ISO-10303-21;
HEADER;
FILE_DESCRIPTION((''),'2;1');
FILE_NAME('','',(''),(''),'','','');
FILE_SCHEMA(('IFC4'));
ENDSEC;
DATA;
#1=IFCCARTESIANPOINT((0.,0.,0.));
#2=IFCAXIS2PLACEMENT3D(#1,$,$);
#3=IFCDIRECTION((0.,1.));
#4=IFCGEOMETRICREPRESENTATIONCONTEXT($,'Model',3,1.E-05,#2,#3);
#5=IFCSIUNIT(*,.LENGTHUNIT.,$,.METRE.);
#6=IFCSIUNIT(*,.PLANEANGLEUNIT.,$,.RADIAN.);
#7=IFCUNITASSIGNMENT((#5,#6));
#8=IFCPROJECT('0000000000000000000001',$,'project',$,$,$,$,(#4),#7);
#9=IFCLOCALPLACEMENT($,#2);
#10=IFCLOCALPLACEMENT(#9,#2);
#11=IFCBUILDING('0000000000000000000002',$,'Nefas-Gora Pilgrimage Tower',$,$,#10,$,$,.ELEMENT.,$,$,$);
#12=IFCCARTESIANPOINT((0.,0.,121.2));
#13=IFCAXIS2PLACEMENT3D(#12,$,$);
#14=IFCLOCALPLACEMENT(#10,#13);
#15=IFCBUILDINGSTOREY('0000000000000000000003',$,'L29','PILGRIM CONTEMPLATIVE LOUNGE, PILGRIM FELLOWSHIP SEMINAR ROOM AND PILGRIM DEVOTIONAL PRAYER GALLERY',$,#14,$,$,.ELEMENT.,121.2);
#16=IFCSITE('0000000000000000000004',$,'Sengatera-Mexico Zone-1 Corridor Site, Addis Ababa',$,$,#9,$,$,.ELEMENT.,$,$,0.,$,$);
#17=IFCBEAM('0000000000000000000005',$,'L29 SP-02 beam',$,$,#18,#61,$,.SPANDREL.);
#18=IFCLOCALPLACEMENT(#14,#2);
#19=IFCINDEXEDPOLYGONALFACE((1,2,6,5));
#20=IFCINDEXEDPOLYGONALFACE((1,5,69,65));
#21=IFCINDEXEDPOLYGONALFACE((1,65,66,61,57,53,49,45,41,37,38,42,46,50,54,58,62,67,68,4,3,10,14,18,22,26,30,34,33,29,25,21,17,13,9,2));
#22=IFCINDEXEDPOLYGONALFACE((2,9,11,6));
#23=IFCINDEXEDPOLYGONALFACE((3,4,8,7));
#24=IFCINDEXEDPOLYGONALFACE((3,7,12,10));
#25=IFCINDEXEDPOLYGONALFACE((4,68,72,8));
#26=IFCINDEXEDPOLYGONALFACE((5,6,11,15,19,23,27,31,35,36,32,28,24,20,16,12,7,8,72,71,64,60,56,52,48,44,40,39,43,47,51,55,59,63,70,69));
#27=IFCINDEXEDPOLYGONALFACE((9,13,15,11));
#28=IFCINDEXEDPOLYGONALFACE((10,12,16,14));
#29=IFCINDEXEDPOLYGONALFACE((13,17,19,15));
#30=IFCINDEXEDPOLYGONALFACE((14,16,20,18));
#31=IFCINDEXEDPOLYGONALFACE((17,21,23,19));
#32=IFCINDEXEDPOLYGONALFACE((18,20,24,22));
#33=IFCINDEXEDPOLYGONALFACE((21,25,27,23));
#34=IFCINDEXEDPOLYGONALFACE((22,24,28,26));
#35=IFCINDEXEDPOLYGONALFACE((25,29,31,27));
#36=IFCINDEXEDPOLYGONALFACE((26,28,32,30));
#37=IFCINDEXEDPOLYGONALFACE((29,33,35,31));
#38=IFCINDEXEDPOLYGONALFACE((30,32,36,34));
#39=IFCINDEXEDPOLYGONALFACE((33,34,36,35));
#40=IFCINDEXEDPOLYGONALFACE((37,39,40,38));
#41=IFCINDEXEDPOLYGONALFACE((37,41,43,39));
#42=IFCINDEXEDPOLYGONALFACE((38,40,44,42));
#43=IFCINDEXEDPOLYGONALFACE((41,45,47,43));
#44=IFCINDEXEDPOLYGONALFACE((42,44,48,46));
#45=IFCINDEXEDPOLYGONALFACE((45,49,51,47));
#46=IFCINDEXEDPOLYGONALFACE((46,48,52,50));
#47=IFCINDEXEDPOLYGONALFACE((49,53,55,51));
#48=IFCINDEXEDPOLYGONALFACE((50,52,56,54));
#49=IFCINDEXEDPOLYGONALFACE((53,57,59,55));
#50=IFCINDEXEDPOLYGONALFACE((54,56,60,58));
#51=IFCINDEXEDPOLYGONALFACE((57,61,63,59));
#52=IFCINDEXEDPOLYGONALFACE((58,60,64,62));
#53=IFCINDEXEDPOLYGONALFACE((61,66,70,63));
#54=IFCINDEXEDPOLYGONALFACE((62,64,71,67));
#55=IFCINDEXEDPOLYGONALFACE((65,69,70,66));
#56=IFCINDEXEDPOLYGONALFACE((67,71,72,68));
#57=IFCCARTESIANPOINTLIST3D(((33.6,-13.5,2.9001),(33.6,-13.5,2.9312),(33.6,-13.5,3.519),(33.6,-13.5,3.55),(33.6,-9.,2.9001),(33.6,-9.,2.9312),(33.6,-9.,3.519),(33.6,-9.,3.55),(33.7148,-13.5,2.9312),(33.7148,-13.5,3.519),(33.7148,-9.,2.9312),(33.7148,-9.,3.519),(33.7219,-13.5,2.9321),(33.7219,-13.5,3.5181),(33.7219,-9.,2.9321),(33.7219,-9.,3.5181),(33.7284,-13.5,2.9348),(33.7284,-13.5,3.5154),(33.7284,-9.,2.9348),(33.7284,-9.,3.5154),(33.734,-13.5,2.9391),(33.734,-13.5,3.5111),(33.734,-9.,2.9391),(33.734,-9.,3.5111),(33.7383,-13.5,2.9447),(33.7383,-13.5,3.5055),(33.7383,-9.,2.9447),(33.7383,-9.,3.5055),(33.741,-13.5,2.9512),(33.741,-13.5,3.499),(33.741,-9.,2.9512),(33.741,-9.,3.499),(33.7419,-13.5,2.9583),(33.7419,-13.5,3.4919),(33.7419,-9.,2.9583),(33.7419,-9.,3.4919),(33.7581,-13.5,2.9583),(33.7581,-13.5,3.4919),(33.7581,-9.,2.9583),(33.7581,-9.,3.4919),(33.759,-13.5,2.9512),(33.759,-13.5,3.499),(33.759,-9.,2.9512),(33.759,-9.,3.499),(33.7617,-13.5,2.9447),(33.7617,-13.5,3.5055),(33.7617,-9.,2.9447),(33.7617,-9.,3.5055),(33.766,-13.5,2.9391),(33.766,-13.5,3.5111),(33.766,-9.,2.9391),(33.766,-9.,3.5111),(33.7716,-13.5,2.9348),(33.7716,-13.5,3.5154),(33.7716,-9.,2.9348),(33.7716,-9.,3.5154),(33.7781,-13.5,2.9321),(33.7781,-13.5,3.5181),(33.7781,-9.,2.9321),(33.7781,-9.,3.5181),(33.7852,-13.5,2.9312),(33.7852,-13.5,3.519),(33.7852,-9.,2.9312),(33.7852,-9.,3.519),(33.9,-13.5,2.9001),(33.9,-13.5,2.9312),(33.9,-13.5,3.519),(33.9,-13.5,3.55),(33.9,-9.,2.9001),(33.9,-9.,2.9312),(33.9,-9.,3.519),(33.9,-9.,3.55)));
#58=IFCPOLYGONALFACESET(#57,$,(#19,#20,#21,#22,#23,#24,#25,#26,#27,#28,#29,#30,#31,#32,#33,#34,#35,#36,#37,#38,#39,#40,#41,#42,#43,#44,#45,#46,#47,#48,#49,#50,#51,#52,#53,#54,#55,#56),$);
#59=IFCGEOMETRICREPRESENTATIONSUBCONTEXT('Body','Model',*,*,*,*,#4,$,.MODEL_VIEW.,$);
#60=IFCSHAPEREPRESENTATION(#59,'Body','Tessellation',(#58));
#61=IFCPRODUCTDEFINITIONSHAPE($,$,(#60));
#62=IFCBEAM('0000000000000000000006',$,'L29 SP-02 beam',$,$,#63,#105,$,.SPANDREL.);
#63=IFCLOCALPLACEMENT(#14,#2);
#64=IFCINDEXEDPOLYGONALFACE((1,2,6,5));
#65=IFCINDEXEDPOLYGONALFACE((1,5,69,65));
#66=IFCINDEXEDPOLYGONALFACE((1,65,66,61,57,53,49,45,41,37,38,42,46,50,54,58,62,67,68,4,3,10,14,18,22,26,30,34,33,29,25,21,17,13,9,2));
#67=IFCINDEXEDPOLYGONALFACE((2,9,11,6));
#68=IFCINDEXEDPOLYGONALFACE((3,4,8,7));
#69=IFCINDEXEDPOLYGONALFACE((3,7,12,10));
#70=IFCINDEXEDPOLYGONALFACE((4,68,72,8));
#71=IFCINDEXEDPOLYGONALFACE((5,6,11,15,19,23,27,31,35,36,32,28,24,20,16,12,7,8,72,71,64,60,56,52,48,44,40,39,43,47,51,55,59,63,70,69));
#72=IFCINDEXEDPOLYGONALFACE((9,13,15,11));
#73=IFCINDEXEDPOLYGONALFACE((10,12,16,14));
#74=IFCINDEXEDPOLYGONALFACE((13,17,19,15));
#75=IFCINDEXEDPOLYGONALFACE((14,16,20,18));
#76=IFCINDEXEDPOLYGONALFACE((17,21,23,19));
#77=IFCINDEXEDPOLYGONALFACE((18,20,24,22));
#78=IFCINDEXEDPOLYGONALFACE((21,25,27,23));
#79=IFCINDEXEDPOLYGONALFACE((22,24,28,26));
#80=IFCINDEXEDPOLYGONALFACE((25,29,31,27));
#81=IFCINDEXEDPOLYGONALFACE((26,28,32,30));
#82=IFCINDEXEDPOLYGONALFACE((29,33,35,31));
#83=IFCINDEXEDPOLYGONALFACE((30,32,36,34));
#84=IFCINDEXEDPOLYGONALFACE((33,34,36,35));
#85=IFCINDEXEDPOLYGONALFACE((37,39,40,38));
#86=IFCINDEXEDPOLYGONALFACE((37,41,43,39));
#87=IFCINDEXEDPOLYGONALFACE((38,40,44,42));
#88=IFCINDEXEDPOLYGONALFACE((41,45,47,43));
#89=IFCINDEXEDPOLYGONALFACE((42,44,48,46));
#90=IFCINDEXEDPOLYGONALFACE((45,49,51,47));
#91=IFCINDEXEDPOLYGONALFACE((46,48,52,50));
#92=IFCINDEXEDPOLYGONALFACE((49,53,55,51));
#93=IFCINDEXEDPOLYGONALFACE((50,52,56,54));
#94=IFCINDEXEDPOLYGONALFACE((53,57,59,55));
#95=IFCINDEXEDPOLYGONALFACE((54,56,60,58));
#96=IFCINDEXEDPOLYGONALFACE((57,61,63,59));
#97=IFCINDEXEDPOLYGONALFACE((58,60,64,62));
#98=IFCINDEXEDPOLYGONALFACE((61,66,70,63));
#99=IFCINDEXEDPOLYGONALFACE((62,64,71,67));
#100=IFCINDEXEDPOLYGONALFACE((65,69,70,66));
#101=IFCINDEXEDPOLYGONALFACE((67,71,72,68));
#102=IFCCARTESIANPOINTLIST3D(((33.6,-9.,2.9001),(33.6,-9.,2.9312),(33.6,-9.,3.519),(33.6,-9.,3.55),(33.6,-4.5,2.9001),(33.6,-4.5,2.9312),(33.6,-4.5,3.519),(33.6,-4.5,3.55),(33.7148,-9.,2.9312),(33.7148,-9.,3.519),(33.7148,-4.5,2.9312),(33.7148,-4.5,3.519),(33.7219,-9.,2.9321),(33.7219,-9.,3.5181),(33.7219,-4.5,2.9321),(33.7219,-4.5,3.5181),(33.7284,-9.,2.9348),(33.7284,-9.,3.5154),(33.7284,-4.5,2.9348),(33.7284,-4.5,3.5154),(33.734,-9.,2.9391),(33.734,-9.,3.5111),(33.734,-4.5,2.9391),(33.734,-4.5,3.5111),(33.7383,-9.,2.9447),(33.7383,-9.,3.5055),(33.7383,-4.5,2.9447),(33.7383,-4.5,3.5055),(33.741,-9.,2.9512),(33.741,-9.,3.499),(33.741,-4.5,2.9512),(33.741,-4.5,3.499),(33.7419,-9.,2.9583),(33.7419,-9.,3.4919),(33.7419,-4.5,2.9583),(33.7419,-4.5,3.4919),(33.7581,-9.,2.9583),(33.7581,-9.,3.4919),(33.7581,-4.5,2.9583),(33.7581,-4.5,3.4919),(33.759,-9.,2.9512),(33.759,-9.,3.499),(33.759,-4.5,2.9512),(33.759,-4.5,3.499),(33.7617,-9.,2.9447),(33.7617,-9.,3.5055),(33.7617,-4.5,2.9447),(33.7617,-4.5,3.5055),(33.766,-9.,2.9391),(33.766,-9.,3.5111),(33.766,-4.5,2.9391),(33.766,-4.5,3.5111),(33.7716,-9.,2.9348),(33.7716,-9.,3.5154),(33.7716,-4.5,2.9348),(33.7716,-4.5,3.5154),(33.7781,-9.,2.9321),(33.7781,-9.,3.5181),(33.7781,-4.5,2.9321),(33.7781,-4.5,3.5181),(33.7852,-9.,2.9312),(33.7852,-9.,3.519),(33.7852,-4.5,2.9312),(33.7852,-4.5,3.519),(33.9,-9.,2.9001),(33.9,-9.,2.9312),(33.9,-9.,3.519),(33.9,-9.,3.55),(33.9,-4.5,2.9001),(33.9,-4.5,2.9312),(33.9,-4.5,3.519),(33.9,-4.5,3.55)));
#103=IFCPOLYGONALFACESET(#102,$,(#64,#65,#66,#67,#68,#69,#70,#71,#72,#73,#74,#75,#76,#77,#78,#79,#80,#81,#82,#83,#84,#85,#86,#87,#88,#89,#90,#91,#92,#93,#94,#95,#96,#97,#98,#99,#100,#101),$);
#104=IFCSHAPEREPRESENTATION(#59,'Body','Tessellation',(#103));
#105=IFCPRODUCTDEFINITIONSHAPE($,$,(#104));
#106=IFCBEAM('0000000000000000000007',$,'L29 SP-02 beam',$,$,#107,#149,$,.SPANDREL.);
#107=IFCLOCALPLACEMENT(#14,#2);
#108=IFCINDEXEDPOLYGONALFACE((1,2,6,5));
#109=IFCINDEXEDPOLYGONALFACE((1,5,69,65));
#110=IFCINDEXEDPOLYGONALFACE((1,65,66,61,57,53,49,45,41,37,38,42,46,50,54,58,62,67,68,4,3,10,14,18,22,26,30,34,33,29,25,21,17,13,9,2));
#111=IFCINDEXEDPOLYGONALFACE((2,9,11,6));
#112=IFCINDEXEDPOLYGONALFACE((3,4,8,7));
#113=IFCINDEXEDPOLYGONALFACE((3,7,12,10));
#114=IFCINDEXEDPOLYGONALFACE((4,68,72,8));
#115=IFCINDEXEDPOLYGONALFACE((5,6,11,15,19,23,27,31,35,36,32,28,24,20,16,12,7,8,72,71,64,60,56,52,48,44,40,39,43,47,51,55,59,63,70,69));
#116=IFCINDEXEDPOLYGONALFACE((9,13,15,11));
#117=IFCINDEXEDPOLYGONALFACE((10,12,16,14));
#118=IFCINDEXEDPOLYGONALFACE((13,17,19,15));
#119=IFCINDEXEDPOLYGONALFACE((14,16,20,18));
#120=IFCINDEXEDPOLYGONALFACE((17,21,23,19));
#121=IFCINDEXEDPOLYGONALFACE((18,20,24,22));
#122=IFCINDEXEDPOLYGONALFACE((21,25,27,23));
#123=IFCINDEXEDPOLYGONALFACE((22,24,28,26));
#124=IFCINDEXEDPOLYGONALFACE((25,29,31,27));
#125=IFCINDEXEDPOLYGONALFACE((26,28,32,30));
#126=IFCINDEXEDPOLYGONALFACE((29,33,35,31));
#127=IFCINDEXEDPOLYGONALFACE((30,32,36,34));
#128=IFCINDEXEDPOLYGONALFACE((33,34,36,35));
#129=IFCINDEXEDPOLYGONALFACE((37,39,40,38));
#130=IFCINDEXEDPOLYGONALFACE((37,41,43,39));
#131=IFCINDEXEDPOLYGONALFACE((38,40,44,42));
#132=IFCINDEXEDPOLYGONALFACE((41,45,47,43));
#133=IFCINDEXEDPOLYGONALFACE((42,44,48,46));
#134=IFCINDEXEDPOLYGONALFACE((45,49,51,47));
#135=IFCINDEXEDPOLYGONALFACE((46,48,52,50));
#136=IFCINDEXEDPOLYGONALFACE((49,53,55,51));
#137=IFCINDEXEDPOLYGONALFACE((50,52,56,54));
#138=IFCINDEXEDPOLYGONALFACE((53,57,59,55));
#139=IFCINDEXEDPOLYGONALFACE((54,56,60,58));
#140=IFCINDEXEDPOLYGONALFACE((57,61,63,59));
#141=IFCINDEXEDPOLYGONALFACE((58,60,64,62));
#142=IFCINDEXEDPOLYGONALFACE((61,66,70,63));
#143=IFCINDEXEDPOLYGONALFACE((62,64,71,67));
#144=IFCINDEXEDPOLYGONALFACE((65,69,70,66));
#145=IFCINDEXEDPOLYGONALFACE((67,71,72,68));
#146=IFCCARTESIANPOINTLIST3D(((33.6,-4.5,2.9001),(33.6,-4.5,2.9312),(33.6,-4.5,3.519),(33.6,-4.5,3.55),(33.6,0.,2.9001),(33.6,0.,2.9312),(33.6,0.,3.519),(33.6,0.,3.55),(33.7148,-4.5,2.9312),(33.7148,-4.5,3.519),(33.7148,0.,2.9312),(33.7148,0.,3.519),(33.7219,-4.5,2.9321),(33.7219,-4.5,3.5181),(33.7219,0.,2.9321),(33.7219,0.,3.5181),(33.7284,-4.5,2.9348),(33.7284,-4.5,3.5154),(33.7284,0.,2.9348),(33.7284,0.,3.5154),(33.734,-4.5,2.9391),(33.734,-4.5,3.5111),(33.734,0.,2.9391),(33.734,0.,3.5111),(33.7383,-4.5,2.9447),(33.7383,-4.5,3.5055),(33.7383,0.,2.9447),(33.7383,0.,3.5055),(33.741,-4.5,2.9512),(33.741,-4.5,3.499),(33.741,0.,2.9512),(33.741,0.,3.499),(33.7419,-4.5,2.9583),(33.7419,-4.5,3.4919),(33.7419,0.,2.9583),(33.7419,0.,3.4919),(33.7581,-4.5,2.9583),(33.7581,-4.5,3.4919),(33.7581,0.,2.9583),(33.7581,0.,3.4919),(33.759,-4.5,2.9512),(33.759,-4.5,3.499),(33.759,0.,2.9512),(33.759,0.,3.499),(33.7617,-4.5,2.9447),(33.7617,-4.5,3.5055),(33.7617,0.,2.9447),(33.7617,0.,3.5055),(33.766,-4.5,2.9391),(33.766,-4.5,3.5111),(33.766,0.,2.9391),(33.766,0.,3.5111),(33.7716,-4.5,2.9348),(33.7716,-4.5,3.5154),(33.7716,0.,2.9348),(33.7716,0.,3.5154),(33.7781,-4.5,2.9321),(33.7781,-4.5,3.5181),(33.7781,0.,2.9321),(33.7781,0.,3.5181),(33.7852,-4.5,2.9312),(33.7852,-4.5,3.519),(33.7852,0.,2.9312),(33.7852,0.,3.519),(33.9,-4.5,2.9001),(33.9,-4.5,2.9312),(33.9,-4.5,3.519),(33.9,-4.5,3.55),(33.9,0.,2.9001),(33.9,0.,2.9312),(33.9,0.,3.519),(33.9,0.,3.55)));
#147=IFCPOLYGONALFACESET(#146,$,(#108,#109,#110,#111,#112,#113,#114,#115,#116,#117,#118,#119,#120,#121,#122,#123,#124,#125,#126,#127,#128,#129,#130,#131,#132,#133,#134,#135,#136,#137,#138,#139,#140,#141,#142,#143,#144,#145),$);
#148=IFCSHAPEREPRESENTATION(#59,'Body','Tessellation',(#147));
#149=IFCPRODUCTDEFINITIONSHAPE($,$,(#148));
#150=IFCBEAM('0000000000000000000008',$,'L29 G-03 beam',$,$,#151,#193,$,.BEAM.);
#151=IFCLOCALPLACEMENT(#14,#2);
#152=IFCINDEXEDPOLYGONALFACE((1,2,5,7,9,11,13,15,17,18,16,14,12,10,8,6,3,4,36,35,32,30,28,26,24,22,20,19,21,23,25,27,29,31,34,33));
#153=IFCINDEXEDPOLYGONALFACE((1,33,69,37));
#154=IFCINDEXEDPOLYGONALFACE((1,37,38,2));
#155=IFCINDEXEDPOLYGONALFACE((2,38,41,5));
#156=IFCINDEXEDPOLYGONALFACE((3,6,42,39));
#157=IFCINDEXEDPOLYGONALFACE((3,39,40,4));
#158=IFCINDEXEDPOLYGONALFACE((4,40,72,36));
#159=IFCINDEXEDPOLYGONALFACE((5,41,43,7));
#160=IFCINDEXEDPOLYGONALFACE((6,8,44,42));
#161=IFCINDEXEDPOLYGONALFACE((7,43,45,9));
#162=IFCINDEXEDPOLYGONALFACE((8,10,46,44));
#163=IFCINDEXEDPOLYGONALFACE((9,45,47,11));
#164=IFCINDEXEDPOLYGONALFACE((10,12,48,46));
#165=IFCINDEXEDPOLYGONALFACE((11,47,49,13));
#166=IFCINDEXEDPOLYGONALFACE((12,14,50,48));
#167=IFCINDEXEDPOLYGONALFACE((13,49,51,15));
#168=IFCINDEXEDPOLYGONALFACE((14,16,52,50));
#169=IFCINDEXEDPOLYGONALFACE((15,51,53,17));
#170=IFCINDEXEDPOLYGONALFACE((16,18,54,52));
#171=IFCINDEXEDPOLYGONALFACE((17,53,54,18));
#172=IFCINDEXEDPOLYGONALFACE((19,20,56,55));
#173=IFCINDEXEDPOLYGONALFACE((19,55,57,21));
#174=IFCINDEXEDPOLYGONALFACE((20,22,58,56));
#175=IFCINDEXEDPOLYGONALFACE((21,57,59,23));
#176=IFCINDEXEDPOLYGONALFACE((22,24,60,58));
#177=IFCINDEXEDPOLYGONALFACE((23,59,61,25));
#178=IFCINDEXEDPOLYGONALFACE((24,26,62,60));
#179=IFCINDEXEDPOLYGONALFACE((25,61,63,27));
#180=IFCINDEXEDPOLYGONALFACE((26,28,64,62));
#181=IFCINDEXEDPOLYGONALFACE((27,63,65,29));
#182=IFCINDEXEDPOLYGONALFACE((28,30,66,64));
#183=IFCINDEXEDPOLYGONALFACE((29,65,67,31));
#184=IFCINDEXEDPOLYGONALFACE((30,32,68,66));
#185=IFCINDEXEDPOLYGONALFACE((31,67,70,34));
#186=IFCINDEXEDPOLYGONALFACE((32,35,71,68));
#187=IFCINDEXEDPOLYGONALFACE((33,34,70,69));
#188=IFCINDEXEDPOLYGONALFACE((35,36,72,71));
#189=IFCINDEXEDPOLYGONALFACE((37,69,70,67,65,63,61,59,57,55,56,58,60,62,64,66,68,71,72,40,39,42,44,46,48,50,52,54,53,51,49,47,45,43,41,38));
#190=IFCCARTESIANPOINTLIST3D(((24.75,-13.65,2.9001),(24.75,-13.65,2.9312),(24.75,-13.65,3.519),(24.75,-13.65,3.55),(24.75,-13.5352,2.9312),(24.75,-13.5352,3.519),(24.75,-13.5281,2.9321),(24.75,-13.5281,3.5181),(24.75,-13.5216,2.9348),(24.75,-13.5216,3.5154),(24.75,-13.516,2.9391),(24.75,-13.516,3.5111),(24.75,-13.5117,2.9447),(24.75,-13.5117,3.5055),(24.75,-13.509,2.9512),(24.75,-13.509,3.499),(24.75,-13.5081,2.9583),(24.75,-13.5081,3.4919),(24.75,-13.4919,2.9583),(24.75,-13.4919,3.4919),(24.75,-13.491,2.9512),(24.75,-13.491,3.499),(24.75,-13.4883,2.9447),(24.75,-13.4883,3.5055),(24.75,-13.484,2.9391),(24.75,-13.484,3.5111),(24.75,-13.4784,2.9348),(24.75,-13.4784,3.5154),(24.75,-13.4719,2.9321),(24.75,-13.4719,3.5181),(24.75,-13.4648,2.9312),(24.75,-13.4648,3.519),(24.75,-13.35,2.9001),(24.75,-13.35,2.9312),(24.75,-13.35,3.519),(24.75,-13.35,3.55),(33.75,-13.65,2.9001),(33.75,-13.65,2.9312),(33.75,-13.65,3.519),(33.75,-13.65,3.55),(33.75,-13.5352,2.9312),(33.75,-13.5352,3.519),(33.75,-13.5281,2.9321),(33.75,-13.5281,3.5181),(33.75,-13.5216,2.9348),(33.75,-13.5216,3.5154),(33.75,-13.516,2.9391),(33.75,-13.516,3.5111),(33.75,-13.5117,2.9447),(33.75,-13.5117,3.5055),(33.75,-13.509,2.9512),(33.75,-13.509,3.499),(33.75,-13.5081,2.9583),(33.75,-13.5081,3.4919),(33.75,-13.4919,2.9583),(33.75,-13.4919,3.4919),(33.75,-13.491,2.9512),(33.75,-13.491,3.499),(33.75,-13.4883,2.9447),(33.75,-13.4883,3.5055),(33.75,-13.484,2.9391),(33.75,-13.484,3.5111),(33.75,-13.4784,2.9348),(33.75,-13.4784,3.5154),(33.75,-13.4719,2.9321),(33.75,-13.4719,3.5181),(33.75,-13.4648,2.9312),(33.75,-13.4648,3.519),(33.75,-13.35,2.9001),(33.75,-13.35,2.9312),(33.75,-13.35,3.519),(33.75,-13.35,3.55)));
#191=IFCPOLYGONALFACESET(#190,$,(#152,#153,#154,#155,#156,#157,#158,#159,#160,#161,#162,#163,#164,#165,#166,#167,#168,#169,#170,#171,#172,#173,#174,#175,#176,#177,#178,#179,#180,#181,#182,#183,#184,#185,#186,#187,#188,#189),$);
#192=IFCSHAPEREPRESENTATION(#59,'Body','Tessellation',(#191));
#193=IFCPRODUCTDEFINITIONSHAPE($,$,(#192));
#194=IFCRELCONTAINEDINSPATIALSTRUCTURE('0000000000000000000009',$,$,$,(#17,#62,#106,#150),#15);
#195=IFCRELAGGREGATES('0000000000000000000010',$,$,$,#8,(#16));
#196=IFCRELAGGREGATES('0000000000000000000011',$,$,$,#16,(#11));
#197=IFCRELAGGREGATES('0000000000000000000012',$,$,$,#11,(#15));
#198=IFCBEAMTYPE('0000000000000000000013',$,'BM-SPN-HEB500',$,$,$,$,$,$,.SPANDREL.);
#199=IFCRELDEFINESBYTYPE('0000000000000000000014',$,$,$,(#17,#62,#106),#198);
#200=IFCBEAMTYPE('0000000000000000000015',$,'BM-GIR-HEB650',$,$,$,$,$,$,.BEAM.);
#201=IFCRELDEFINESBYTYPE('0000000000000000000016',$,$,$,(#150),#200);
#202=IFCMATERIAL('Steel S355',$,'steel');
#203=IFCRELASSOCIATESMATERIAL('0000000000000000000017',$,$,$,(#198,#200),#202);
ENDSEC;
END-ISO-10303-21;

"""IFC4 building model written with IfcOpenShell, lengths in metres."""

from ifc_helpers import new_model, si_unit, direction, frame, origin, origin_2d, place, context, subcontext, project, spatial, i_section, extrude, source, transform, mapped, material, material_profile, profile_set, type_object, element, save


model = new_model("IFC4")

# Units and contexts
model_context = context("Model", 3, precision=1e-05, world=origin(), true_north=direction((0.0, 1.0)))
body_context = subcontext(model_context, "Body", "Model", "MODEL_VIEW")
ifc_project = project(units=[si_unit("LENGTHUNIT", "METRE"), si_unit("PLANEANGLEUNIT", "RADIAN")], contexts=[model_context])

# Site, building, storey
site_placement = place(None, origin())
site = spatial("IfcSite", under=ifc_project, at=site_placement, Name="Sengatera-Mexico Zone-1 Corridor Site, Addis Ababa", CompositionType="ELEMENT", RefElevation=0.0)
building_placement = place(site_placement, origin())
building = spatial("IfcBuilding", under=site, at=building_placement, Name="Nefas-Gora Pilgrimage Tower", CompositionType="ELEMENT")
storey_placement = place(building_placement, frame((0.0, 0.0, 121.2)))
storey = spatial("IfcBuildingStorey", under=building, at=storey_placement, Name="L29", Description="PILGRIM CONTEMPLATIVE LOUNGE, PILGRIM FELLOWSHIP SEMINAR ROOM AND PILGRIM DEVOTIONAL PRAYER GALLERY", CompositionType="ELEMENT", Elevation=121.2)

# Beams
ifc_material_1 = material(Name="Steel S355", Category="steel")
ifc_material_profile_1 = material_profile(ifc_material_1, i_section(OverallWidth=0.3, OverallDepth=0.6499, WebThickness=0.0161, FlangeThickness=0.031, FilletRadius=0.0271, at=origin_2d()), Name="HEB 650")
ifc_profile_set_1 = profile_set([ifc_material_profile_1], Name="Steel S355")
beam_type_1 = type_object("IfcBeamType", Name="BM-SPN-HEB500", PredefinedType="SPANDREL", material=ifc_profile_set_1)
shared_shape_1 = source(origin(), body_context, "Body", "SweptSolid", [
    extrude(i_section(OverallWidth=0.3, OverallDepth=0.6499, WebThickness=0.0161, FlangeThickness=0.031, FilletRadius=0.0271, at=origin_2d()), origin(), (0.0, 0.0, 1.0), 4.5),
])
for number, where, z_axis, x_axis, name in (
    (1, (33.75, -13.5, 3.2251), (0.0, 1.0, 0.0), (-1.0, 0.0, 0.0), "L29 SP-02 beam"),
    (2, (33.75, -9.0, 3.2251), (0.0, 1.0, 0.0), (-1.0, 0.0, 0.0), "L29 SP-02 beam"),
    (3, (33.75, -4.5, 3.2251), (0.0, 1.0, 0.0), (-1.0, 0.0, 0.0), "L29 SP-02 beam"),
):
    element("IfcBeam", number, at=place(storey_placement, frame(where, z_axis=z_axis, x_axis=x_axis)), inside=storey, type_object=beam_type_1, Name=name, PredefinedType="SPANDREL", context=body_context, shape_type="MappedRepresentation", body=[
        mapped(shared_shape_1, transform((0.0, 0.0, 0.0), x_axis=(1.0, 0.0, 0.0), y_axis=(0.0, 1.0, 0.0), z_axis=(0.0, 0.0, 1.0), scale=1.0)),
    ])
ifc_material_profile_2 = material_profile(ifc_material_1, i_section(OverallWidth=0.3, OverallDepth=0.6499, WebThickness=0.0161, FlangeThickness=0.031, FilletRadius=0.0271, at=origin_2d()), Name="HEB 650")
ifc_profile_set_2 = profile_set([ifc_material_profile_2], Name="Steel S355")
beam_type_2 = type_object("IfcBeamType", Name="BM-GIR-HEB650", PredefinedType="BEAM", material=ifc_profile_set_2)
shared_shape_2 = source(origin(), body_context, "Body", "SweptSolid", [
    extrude(i_section(OverallWidth=0.3, OverallDepth=0.6499, WebThickness=0.0161, FlangeThickness=0.031, FilletRadius=0.0271, at=origin_2d()), origin(), (0.0, 0.0, 1.0), 9.0),
])
for number, where, z_axis, x_axis, name in (
    (4, (24.75, -13.5, 3.2251), (1.0, 0.0, 0.0), (0.0, 1.0, 0.0), "L29 G-03 beam"),
):
    element("IfcBeam", number, at=place(storey_placement, frame(where, z_axis=z_axis, x_axis=x_axis)), inside=storey, type_object=beam_type_2, Name=name, PredefinedType="BEAM", context=body_context, shape_type="MappedRepresentation", body=[
        mapped(shared_shape_2, transform((0.0, 0.0, 0.0), x_axis=(1.0, 0.0, 0.0), y_axis=(0.0, 1.0, 0.0), z_axis=(0.0, 0.0, 1.0), scale=1.0)),
    ])

save(model, "model.ifc")
